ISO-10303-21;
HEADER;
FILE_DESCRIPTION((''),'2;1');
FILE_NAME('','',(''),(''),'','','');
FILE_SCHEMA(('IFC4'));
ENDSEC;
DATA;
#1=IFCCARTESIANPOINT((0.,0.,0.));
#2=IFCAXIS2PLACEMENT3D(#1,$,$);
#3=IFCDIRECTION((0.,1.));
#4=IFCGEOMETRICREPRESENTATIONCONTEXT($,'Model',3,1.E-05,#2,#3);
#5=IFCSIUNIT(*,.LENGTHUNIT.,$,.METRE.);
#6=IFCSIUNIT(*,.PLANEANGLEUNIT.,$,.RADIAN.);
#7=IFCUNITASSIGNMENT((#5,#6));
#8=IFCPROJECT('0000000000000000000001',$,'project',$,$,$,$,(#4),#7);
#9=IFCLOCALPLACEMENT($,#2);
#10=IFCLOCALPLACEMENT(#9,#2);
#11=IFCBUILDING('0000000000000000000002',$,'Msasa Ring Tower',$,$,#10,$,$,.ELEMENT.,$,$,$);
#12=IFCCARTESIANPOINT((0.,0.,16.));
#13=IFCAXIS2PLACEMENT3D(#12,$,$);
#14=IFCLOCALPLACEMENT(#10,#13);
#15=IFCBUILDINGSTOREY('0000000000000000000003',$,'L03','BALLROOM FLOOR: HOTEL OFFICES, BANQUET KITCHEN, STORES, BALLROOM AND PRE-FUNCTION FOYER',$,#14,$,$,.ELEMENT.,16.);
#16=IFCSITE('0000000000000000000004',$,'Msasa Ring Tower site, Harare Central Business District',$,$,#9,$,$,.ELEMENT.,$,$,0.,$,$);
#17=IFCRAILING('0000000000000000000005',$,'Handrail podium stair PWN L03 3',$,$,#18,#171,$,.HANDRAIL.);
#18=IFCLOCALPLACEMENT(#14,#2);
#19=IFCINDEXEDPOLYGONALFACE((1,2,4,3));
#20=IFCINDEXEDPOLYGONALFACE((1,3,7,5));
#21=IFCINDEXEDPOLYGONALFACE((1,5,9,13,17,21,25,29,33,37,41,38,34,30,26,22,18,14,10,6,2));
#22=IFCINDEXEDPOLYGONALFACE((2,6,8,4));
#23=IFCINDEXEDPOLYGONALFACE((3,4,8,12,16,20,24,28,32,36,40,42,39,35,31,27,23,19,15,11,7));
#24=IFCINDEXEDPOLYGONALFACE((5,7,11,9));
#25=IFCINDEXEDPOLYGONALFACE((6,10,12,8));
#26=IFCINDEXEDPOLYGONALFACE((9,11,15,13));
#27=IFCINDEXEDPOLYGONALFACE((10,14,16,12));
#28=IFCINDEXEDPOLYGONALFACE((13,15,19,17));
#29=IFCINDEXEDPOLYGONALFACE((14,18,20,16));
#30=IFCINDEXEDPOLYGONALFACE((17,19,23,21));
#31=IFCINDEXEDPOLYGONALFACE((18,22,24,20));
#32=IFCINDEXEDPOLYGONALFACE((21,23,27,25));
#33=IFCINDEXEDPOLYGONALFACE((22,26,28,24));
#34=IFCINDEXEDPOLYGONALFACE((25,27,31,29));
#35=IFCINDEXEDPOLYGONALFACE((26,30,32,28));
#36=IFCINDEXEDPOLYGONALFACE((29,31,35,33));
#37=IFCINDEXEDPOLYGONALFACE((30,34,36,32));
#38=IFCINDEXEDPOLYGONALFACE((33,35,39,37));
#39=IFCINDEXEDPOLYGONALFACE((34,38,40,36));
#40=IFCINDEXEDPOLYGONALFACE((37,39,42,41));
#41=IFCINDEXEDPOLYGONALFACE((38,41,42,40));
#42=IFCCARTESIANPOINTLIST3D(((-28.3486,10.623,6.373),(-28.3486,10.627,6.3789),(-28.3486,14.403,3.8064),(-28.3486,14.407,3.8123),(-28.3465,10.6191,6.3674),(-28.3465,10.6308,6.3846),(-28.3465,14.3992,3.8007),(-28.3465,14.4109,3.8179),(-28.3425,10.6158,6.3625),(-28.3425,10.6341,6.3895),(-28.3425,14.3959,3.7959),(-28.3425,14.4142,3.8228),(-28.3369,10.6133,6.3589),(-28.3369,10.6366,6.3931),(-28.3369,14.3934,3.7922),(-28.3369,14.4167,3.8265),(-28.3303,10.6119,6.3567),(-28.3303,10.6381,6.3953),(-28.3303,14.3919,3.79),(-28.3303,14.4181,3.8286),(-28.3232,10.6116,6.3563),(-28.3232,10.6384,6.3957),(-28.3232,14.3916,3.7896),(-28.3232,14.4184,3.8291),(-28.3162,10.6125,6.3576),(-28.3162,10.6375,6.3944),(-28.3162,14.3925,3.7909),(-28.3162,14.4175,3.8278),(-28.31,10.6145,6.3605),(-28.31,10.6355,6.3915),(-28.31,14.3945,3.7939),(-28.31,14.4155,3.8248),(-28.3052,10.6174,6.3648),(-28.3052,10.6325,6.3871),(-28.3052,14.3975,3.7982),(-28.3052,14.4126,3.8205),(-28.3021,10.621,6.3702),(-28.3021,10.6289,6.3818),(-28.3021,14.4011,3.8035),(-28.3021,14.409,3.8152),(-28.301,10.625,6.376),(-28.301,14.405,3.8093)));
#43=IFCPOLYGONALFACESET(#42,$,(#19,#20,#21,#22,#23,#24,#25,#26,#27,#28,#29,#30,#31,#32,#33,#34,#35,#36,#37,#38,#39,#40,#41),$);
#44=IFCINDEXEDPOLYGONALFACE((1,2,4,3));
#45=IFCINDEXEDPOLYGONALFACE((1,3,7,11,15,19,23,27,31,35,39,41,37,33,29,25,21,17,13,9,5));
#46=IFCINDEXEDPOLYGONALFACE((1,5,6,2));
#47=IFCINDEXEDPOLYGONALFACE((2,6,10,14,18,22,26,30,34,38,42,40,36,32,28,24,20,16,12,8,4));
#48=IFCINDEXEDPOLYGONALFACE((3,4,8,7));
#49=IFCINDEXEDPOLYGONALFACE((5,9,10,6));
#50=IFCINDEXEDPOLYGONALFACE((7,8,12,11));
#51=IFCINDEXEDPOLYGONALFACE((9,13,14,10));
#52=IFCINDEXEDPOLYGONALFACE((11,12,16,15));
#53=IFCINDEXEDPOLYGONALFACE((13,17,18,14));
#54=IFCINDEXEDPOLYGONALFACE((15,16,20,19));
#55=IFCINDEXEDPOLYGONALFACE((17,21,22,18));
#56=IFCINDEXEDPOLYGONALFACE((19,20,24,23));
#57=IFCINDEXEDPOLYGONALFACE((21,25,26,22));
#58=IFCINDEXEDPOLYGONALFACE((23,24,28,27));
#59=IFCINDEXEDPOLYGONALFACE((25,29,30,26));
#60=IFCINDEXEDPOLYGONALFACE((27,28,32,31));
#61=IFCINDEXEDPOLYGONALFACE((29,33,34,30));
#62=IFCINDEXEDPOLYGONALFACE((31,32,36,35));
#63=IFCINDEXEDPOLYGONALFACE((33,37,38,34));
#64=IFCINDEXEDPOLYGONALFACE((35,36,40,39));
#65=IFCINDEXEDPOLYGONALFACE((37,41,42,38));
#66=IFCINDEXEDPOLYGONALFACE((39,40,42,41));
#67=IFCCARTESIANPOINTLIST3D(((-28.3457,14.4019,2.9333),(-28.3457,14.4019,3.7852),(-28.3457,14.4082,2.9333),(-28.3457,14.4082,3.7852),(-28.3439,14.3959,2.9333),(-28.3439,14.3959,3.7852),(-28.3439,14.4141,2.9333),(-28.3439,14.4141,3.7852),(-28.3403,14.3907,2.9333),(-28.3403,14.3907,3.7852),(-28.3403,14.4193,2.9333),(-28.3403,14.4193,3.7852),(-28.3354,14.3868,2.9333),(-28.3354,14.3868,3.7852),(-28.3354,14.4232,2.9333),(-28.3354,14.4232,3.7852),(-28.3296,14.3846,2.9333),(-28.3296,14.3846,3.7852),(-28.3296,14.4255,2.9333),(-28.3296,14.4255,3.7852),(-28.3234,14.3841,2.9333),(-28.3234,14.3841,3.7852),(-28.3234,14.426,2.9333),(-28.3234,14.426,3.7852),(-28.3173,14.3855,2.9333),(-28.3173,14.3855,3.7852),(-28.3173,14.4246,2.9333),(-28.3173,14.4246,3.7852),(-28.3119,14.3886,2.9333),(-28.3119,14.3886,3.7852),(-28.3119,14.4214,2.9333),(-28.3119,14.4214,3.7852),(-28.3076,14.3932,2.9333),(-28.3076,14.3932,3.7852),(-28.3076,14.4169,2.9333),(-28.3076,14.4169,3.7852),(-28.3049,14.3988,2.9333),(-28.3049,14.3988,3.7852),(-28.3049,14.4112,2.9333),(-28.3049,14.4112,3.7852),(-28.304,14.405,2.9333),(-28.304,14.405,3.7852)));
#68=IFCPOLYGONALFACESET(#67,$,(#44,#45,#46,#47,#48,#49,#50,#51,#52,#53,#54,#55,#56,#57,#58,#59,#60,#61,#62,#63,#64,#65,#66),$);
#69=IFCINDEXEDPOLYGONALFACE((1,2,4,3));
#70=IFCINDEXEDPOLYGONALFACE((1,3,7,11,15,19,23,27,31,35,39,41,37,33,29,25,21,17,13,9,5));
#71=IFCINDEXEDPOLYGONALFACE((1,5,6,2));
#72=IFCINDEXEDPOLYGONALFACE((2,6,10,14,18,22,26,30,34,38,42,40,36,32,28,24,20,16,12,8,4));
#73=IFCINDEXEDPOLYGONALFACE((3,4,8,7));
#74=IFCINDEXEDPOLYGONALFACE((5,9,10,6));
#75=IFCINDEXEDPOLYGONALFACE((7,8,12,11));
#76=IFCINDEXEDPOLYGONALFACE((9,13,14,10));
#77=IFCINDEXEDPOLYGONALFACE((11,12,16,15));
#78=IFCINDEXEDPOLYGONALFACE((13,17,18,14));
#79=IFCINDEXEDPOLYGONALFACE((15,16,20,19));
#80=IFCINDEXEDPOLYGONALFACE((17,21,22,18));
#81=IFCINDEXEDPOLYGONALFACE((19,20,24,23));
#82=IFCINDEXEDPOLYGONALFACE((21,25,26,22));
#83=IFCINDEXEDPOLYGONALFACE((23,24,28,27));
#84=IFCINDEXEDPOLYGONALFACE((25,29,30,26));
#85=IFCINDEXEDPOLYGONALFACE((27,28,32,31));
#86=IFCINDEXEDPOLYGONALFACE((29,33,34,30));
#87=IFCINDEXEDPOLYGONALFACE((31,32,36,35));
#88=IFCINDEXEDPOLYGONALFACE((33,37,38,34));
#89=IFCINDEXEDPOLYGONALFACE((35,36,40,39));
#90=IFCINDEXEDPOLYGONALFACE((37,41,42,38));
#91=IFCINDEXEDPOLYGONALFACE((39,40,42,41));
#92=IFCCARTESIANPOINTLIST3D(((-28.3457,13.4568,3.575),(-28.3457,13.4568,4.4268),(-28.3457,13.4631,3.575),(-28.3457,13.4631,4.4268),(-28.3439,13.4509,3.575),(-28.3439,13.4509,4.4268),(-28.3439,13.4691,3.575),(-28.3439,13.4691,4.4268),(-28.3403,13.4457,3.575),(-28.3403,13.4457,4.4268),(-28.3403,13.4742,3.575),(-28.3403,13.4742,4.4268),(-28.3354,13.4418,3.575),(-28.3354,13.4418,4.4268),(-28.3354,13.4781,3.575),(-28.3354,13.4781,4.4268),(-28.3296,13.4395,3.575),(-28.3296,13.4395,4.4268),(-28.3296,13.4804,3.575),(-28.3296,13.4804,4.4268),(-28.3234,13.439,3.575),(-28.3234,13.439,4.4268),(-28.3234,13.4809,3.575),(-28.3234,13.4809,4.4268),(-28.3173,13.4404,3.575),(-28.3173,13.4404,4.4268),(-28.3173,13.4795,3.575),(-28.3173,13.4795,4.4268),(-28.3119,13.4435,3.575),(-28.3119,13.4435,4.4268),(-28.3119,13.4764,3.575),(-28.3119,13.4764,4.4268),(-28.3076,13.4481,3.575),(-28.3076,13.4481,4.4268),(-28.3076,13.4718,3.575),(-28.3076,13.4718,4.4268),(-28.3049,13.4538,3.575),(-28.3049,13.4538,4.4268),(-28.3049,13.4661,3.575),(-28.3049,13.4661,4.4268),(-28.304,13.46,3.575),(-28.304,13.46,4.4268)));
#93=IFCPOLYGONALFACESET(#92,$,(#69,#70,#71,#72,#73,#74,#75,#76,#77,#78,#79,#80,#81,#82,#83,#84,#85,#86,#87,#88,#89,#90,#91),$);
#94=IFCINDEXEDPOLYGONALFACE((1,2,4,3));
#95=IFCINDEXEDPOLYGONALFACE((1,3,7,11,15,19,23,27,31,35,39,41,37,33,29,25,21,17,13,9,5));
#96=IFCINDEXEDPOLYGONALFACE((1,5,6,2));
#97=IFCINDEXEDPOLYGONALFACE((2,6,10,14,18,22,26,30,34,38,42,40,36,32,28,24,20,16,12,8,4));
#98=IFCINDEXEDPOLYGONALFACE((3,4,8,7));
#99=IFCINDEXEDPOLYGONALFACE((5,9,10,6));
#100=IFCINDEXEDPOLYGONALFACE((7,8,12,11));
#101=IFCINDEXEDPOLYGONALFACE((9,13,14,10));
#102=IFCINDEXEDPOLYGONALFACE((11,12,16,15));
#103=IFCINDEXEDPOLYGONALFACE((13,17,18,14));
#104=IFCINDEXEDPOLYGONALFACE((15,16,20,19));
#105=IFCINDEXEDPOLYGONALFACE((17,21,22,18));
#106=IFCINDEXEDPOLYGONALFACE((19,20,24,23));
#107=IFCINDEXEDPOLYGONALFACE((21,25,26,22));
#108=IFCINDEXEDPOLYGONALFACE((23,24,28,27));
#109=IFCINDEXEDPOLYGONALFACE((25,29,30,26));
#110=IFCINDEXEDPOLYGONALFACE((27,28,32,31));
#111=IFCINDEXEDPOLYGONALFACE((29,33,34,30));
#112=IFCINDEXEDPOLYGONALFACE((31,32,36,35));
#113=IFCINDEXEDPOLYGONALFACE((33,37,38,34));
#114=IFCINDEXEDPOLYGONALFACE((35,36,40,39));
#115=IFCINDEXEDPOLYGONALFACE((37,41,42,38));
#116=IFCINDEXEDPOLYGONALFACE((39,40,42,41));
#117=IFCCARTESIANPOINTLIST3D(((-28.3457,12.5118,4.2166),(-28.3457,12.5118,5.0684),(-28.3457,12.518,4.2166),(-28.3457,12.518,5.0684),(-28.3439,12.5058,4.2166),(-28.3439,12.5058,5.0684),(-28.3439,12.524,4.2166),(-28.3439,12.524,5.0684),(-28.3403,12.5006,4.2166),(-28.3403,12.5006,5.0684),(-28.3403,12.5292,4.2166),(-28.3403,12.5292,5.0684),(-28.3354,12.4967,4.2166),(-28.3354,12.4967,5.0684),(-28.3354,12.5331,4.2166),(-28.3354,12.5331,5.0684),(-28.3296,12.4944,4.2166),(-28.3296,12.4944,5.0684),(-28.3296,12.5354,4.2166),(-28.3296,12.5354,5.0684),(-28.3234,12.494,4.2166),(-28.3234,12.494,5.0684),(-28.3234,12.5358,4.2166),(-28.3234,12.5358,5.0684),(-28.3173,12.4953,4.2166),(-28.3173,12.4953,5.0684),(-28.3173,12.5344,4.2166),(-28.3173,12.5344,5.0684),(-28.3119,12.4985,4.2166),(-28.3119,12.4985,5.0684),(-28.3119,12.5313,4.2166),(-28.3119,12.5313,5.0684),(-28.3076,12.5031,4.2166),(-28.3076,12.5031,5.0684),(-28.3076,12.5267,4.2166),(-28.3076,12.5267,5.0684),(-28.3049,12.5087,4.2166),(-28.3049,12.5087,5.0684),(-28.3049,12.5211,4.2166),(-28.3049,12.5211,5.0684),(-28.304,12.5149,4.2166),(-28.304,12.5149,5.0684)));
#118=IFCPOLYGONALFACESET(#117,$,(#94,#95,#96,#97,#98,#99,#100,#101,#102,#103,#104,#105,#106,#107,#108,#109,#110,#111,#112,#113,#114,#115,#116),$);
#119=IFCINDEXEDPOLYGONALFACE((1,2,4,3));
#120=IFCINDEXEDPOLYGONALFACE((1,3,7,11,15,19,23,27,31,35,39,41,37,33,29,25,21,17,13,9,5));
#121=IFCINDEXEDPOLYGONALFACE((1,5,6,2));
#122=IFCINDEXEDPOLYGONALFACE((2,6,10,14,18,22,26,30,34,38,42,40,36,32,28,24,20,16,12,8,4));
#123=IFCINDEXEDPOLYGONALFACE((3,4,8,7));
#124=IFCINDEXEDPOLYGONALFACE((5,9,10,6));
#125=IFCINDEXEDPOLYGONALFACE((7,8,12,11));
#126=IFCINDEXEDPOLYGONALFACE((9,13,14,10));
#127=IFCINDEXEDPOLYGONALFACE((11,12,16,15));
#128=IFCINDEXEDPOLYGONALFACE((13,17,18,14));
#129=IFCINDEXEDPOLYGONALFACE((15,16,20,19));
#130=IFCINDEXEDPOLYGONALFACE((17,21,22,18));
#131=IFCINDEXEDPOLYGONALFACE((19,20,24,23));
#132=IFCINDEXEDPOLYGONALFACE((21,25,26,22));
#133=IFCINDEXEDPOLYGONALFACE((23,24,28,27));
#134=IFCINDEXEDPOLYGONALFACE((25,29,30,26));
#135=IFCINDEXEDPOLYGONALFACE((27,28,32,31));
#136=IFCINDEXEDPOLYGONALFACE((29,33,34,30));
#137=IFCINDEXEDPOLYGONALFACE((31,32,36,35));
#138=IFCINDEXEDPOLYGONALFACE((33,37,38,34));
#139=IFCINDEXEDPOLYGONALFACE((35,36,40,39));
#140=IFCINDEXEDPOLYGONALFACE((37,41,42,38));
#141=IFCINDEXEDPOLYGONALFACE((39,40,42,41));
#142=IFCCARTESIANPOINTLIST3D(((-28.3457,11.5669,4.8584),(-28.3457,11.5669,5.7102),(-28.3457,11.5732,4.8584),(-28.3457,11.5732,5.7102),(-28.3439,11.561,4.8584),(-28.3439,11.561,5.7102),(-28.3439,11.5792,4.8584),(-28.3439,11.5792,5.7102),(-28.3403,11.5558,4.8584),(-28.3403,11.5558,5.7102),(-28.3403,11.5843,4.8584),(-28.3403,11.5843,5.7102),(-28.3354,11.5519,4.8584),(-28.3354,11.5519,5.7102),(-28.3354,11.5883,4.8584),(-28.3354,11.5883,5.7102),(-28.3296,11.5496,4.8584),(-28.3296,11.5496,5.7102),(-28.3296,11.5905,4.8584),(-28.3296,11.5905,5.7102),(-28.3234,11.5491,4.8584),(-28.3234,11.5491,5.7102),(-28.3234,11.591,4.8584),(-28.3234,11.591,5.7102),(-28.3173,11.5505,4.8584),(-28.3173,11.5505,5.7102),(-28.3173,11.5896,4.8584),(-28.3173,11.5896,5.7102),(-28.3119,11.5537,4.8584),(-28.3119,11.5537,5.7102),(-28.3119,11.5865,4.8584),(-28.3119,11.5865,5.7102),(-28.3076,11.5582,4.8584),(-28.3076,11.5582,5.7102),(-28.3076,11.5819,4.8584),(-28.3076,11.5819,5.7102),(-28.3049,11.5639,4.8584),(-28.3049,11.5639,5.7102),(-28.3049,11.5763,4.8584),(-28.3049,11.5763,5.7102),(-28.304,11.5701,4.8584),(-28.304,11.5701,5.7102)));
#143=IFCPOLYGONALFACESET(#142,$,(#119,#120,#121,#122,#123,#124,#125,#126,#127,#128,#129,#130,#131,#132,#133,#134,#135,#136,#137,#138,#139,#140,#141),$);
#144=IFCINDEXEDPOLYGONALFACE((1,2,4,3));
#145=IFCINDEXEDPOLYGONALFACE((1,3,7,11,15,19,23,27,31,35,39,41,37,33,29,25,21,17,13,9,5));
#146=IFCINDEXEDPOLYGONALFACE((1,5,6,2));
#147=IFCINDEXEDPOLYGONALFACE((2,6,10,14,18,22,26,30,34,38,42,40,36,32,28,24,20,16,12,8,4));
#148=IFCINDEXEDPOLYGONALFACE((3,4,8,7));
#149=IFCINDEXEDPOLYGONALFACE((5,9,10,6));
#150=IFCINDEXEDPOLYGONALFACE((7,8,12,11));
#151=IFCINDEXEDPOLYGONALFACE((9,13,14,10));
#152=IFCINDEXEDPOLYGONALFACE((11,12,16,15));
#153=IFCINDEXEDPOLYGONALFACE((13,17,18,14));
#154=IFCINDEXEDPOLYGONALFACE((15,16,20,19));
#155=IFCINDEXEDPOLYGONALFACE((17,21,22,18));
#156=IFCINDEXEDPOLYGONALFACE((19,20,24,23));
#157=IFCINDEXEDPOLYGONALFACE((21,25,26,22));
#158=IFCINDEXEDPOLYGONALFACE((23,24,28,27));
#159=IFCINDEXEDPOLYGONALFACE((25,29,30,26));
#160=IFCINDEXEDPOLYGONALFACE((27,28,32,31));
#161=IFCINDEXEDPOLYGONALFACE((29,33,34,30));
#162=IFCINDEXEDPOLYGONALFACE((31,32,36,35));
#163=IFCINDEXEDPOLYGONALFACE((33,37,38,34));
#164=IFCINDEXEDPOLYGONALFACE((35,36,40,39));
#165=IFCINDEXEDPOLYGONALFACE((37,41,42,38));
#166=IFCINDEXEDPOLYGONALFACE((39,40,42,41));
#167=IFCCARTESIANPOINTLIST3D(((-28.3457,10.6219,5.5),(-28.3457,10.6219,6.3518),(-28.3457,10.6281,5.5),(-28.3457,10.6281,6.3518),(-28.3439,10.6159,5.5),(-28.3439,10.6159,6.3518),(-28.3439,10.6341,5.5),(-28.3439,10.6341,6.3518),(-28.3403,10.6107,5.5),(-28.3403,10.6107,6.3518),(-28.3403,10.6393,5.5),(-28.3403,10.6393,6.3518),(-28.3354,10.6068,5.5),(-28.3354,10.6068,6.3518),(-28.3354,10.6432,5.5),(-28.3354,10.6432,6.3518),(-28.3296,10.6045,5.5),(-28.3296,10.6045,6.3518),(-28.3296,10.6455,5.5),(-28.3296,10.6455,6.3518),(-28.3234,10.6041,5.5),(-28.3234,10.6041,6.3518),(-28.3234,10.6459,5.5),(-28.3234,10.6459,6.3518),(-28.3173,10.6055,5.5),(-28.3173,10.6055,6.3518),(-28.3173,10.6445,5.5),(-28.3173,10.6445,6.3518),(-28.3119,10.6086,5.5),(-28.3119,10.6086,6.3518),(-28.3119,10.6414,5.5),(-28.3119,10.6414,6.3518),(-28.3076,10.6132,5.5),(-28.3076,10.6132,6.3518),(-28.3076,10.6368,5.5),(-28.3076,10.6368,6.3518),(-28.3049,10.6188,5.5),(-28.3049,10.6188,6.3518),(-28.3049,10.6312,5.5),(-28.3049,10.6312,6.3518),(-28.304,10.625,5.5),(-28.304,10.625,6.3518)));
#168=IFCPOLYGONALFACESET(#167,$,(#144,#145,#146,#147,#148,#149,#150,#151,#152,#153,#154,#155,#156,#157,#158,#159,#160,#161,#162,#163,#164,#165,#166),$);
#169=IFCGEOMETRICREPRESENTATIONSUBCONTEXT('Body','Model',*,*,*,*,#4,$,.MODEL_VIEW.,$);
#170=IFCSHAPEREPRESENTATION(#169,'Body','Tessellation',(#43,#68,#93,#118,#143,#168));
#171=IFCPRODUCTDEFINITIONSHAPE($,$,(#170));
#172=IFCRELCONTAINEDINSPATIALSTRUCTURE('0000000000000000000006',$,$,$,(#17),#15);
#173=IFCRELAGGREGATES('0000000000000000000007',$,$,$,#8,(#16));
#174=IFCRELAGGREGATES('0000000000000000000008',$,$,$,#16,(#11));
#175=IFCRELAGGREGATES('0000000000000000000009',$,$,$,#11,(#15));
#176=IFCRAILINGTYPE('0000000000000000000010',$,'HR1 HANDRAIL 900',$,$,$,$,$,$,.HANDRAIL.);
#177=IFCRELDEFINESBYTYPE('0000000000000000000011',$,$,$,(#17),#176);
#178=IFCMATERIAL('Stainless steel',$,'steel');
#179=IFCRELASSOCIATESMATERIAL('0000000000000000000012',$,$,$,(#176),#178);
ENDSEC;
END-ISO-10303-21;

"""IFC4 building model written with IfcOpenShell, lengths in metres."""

from ifc_helpers import new_model, si_unit, direction, frame, origin, origin_2d, place, context, subcontext, project, spatial, circle, extrude, material, type_object, element, save


model = new_model("IFC4")

# Units and contexts
model_context = context("Model", 3, precision=1e-05, world=origin(), true_north=direction((0.0, 1.0)))
body_context = subcontext(model_context, "Body", "Model", "MODEL_VIEW")
ifc_project = project(units=[si_unit("LENGTHUNIT", "METRE"), si_unit("PLANEANGLEUNIT", "RADIAN")], contexts=[model_context])

# Site, building, storey
site_placement = place(None, origin())
site = spatial("IfcSite", under=ifc_project, at=site_placement, Name="Msasa Ring Tower site, Harare Central Business District", CompositionType="ELEMENT", RefElevation=0.0)
building_placement = place(site_placement, origin())
building = spatial("IfcBuilding", under=site, at=building_placement, Name="Msasa Ring Tower", CompositionType="ELEMENT")
storey_placement = place(building_placement, frame((0.0, 0.0, 16.0)))
storey = spatial("IfcBuildingStorey", under=building, at=storey_placement, Name="L03", Description="BALLROOM FLOOR: HOTEL OFFICES, BANQUET KITCHEN, STORES, BALLROOM AND PRE-FUNCTION FOYER", CompositionType="ELEMENT", Elevation=16.0)

# Railing
ifc_material_1 = material(Name="Stainless steel", Category="steel")
railing_type = type_object("IfcRailingType", Name="HR1 HANDRAIL 900", PredefinedType="HANDRAIL", material=ifc_material_1)
for number, where, name in (
    (1, (-28.325, 14.405, 2.9333), "Handrail podium stair PWN L03 3"),
):
    element("IfcRailing", number, at=place(storey_placement, frame(where)), inside=storey, type_object=railing_type, Name=name, PredefinedType="HANDRAIL", context=body_context, shape_type="SweptSolid", body=[
        extrude(circle(Radius=0.0239, at=origin_2d()), frame((0.0, 0.0, 0.876), z_axis=(0.0, -0.82731, 0.561746), x_axis=(1.0, 0.0, 0.0)), (0.0, 0.0, 1.0), 4.5691),
        extrude(circle(Radius=0.021, at=origin_2d()), origin(), (0.0, 0.0, 1.0), 0.8518),
        extrude(circle(Radius=0.021, at=origin_2d()), frame((0.0, -0.9451, 0.6416)), (0.0, 0.0, 1.0), 0.8518),
        extrude(circle(Radius=0.021, at=origin_2d()), frame((0.0, -1.8901, 1.2832)), (0.0, 0.0, 1.0), 0.8518),
        extrude(circle(Radius=0.021, at=origin_2d()), frame((0.0, -2.835, 1.925)), (0.0, 0.0, 1.0), 0.8518),
        extrude(circle(Radius=0.021, at=origin_2d()), frame((0.0, -3.78, 2.5667)), (0.0, 0.0, 1.0), 0.8518),
    ])

save(model, "model.ifc")
